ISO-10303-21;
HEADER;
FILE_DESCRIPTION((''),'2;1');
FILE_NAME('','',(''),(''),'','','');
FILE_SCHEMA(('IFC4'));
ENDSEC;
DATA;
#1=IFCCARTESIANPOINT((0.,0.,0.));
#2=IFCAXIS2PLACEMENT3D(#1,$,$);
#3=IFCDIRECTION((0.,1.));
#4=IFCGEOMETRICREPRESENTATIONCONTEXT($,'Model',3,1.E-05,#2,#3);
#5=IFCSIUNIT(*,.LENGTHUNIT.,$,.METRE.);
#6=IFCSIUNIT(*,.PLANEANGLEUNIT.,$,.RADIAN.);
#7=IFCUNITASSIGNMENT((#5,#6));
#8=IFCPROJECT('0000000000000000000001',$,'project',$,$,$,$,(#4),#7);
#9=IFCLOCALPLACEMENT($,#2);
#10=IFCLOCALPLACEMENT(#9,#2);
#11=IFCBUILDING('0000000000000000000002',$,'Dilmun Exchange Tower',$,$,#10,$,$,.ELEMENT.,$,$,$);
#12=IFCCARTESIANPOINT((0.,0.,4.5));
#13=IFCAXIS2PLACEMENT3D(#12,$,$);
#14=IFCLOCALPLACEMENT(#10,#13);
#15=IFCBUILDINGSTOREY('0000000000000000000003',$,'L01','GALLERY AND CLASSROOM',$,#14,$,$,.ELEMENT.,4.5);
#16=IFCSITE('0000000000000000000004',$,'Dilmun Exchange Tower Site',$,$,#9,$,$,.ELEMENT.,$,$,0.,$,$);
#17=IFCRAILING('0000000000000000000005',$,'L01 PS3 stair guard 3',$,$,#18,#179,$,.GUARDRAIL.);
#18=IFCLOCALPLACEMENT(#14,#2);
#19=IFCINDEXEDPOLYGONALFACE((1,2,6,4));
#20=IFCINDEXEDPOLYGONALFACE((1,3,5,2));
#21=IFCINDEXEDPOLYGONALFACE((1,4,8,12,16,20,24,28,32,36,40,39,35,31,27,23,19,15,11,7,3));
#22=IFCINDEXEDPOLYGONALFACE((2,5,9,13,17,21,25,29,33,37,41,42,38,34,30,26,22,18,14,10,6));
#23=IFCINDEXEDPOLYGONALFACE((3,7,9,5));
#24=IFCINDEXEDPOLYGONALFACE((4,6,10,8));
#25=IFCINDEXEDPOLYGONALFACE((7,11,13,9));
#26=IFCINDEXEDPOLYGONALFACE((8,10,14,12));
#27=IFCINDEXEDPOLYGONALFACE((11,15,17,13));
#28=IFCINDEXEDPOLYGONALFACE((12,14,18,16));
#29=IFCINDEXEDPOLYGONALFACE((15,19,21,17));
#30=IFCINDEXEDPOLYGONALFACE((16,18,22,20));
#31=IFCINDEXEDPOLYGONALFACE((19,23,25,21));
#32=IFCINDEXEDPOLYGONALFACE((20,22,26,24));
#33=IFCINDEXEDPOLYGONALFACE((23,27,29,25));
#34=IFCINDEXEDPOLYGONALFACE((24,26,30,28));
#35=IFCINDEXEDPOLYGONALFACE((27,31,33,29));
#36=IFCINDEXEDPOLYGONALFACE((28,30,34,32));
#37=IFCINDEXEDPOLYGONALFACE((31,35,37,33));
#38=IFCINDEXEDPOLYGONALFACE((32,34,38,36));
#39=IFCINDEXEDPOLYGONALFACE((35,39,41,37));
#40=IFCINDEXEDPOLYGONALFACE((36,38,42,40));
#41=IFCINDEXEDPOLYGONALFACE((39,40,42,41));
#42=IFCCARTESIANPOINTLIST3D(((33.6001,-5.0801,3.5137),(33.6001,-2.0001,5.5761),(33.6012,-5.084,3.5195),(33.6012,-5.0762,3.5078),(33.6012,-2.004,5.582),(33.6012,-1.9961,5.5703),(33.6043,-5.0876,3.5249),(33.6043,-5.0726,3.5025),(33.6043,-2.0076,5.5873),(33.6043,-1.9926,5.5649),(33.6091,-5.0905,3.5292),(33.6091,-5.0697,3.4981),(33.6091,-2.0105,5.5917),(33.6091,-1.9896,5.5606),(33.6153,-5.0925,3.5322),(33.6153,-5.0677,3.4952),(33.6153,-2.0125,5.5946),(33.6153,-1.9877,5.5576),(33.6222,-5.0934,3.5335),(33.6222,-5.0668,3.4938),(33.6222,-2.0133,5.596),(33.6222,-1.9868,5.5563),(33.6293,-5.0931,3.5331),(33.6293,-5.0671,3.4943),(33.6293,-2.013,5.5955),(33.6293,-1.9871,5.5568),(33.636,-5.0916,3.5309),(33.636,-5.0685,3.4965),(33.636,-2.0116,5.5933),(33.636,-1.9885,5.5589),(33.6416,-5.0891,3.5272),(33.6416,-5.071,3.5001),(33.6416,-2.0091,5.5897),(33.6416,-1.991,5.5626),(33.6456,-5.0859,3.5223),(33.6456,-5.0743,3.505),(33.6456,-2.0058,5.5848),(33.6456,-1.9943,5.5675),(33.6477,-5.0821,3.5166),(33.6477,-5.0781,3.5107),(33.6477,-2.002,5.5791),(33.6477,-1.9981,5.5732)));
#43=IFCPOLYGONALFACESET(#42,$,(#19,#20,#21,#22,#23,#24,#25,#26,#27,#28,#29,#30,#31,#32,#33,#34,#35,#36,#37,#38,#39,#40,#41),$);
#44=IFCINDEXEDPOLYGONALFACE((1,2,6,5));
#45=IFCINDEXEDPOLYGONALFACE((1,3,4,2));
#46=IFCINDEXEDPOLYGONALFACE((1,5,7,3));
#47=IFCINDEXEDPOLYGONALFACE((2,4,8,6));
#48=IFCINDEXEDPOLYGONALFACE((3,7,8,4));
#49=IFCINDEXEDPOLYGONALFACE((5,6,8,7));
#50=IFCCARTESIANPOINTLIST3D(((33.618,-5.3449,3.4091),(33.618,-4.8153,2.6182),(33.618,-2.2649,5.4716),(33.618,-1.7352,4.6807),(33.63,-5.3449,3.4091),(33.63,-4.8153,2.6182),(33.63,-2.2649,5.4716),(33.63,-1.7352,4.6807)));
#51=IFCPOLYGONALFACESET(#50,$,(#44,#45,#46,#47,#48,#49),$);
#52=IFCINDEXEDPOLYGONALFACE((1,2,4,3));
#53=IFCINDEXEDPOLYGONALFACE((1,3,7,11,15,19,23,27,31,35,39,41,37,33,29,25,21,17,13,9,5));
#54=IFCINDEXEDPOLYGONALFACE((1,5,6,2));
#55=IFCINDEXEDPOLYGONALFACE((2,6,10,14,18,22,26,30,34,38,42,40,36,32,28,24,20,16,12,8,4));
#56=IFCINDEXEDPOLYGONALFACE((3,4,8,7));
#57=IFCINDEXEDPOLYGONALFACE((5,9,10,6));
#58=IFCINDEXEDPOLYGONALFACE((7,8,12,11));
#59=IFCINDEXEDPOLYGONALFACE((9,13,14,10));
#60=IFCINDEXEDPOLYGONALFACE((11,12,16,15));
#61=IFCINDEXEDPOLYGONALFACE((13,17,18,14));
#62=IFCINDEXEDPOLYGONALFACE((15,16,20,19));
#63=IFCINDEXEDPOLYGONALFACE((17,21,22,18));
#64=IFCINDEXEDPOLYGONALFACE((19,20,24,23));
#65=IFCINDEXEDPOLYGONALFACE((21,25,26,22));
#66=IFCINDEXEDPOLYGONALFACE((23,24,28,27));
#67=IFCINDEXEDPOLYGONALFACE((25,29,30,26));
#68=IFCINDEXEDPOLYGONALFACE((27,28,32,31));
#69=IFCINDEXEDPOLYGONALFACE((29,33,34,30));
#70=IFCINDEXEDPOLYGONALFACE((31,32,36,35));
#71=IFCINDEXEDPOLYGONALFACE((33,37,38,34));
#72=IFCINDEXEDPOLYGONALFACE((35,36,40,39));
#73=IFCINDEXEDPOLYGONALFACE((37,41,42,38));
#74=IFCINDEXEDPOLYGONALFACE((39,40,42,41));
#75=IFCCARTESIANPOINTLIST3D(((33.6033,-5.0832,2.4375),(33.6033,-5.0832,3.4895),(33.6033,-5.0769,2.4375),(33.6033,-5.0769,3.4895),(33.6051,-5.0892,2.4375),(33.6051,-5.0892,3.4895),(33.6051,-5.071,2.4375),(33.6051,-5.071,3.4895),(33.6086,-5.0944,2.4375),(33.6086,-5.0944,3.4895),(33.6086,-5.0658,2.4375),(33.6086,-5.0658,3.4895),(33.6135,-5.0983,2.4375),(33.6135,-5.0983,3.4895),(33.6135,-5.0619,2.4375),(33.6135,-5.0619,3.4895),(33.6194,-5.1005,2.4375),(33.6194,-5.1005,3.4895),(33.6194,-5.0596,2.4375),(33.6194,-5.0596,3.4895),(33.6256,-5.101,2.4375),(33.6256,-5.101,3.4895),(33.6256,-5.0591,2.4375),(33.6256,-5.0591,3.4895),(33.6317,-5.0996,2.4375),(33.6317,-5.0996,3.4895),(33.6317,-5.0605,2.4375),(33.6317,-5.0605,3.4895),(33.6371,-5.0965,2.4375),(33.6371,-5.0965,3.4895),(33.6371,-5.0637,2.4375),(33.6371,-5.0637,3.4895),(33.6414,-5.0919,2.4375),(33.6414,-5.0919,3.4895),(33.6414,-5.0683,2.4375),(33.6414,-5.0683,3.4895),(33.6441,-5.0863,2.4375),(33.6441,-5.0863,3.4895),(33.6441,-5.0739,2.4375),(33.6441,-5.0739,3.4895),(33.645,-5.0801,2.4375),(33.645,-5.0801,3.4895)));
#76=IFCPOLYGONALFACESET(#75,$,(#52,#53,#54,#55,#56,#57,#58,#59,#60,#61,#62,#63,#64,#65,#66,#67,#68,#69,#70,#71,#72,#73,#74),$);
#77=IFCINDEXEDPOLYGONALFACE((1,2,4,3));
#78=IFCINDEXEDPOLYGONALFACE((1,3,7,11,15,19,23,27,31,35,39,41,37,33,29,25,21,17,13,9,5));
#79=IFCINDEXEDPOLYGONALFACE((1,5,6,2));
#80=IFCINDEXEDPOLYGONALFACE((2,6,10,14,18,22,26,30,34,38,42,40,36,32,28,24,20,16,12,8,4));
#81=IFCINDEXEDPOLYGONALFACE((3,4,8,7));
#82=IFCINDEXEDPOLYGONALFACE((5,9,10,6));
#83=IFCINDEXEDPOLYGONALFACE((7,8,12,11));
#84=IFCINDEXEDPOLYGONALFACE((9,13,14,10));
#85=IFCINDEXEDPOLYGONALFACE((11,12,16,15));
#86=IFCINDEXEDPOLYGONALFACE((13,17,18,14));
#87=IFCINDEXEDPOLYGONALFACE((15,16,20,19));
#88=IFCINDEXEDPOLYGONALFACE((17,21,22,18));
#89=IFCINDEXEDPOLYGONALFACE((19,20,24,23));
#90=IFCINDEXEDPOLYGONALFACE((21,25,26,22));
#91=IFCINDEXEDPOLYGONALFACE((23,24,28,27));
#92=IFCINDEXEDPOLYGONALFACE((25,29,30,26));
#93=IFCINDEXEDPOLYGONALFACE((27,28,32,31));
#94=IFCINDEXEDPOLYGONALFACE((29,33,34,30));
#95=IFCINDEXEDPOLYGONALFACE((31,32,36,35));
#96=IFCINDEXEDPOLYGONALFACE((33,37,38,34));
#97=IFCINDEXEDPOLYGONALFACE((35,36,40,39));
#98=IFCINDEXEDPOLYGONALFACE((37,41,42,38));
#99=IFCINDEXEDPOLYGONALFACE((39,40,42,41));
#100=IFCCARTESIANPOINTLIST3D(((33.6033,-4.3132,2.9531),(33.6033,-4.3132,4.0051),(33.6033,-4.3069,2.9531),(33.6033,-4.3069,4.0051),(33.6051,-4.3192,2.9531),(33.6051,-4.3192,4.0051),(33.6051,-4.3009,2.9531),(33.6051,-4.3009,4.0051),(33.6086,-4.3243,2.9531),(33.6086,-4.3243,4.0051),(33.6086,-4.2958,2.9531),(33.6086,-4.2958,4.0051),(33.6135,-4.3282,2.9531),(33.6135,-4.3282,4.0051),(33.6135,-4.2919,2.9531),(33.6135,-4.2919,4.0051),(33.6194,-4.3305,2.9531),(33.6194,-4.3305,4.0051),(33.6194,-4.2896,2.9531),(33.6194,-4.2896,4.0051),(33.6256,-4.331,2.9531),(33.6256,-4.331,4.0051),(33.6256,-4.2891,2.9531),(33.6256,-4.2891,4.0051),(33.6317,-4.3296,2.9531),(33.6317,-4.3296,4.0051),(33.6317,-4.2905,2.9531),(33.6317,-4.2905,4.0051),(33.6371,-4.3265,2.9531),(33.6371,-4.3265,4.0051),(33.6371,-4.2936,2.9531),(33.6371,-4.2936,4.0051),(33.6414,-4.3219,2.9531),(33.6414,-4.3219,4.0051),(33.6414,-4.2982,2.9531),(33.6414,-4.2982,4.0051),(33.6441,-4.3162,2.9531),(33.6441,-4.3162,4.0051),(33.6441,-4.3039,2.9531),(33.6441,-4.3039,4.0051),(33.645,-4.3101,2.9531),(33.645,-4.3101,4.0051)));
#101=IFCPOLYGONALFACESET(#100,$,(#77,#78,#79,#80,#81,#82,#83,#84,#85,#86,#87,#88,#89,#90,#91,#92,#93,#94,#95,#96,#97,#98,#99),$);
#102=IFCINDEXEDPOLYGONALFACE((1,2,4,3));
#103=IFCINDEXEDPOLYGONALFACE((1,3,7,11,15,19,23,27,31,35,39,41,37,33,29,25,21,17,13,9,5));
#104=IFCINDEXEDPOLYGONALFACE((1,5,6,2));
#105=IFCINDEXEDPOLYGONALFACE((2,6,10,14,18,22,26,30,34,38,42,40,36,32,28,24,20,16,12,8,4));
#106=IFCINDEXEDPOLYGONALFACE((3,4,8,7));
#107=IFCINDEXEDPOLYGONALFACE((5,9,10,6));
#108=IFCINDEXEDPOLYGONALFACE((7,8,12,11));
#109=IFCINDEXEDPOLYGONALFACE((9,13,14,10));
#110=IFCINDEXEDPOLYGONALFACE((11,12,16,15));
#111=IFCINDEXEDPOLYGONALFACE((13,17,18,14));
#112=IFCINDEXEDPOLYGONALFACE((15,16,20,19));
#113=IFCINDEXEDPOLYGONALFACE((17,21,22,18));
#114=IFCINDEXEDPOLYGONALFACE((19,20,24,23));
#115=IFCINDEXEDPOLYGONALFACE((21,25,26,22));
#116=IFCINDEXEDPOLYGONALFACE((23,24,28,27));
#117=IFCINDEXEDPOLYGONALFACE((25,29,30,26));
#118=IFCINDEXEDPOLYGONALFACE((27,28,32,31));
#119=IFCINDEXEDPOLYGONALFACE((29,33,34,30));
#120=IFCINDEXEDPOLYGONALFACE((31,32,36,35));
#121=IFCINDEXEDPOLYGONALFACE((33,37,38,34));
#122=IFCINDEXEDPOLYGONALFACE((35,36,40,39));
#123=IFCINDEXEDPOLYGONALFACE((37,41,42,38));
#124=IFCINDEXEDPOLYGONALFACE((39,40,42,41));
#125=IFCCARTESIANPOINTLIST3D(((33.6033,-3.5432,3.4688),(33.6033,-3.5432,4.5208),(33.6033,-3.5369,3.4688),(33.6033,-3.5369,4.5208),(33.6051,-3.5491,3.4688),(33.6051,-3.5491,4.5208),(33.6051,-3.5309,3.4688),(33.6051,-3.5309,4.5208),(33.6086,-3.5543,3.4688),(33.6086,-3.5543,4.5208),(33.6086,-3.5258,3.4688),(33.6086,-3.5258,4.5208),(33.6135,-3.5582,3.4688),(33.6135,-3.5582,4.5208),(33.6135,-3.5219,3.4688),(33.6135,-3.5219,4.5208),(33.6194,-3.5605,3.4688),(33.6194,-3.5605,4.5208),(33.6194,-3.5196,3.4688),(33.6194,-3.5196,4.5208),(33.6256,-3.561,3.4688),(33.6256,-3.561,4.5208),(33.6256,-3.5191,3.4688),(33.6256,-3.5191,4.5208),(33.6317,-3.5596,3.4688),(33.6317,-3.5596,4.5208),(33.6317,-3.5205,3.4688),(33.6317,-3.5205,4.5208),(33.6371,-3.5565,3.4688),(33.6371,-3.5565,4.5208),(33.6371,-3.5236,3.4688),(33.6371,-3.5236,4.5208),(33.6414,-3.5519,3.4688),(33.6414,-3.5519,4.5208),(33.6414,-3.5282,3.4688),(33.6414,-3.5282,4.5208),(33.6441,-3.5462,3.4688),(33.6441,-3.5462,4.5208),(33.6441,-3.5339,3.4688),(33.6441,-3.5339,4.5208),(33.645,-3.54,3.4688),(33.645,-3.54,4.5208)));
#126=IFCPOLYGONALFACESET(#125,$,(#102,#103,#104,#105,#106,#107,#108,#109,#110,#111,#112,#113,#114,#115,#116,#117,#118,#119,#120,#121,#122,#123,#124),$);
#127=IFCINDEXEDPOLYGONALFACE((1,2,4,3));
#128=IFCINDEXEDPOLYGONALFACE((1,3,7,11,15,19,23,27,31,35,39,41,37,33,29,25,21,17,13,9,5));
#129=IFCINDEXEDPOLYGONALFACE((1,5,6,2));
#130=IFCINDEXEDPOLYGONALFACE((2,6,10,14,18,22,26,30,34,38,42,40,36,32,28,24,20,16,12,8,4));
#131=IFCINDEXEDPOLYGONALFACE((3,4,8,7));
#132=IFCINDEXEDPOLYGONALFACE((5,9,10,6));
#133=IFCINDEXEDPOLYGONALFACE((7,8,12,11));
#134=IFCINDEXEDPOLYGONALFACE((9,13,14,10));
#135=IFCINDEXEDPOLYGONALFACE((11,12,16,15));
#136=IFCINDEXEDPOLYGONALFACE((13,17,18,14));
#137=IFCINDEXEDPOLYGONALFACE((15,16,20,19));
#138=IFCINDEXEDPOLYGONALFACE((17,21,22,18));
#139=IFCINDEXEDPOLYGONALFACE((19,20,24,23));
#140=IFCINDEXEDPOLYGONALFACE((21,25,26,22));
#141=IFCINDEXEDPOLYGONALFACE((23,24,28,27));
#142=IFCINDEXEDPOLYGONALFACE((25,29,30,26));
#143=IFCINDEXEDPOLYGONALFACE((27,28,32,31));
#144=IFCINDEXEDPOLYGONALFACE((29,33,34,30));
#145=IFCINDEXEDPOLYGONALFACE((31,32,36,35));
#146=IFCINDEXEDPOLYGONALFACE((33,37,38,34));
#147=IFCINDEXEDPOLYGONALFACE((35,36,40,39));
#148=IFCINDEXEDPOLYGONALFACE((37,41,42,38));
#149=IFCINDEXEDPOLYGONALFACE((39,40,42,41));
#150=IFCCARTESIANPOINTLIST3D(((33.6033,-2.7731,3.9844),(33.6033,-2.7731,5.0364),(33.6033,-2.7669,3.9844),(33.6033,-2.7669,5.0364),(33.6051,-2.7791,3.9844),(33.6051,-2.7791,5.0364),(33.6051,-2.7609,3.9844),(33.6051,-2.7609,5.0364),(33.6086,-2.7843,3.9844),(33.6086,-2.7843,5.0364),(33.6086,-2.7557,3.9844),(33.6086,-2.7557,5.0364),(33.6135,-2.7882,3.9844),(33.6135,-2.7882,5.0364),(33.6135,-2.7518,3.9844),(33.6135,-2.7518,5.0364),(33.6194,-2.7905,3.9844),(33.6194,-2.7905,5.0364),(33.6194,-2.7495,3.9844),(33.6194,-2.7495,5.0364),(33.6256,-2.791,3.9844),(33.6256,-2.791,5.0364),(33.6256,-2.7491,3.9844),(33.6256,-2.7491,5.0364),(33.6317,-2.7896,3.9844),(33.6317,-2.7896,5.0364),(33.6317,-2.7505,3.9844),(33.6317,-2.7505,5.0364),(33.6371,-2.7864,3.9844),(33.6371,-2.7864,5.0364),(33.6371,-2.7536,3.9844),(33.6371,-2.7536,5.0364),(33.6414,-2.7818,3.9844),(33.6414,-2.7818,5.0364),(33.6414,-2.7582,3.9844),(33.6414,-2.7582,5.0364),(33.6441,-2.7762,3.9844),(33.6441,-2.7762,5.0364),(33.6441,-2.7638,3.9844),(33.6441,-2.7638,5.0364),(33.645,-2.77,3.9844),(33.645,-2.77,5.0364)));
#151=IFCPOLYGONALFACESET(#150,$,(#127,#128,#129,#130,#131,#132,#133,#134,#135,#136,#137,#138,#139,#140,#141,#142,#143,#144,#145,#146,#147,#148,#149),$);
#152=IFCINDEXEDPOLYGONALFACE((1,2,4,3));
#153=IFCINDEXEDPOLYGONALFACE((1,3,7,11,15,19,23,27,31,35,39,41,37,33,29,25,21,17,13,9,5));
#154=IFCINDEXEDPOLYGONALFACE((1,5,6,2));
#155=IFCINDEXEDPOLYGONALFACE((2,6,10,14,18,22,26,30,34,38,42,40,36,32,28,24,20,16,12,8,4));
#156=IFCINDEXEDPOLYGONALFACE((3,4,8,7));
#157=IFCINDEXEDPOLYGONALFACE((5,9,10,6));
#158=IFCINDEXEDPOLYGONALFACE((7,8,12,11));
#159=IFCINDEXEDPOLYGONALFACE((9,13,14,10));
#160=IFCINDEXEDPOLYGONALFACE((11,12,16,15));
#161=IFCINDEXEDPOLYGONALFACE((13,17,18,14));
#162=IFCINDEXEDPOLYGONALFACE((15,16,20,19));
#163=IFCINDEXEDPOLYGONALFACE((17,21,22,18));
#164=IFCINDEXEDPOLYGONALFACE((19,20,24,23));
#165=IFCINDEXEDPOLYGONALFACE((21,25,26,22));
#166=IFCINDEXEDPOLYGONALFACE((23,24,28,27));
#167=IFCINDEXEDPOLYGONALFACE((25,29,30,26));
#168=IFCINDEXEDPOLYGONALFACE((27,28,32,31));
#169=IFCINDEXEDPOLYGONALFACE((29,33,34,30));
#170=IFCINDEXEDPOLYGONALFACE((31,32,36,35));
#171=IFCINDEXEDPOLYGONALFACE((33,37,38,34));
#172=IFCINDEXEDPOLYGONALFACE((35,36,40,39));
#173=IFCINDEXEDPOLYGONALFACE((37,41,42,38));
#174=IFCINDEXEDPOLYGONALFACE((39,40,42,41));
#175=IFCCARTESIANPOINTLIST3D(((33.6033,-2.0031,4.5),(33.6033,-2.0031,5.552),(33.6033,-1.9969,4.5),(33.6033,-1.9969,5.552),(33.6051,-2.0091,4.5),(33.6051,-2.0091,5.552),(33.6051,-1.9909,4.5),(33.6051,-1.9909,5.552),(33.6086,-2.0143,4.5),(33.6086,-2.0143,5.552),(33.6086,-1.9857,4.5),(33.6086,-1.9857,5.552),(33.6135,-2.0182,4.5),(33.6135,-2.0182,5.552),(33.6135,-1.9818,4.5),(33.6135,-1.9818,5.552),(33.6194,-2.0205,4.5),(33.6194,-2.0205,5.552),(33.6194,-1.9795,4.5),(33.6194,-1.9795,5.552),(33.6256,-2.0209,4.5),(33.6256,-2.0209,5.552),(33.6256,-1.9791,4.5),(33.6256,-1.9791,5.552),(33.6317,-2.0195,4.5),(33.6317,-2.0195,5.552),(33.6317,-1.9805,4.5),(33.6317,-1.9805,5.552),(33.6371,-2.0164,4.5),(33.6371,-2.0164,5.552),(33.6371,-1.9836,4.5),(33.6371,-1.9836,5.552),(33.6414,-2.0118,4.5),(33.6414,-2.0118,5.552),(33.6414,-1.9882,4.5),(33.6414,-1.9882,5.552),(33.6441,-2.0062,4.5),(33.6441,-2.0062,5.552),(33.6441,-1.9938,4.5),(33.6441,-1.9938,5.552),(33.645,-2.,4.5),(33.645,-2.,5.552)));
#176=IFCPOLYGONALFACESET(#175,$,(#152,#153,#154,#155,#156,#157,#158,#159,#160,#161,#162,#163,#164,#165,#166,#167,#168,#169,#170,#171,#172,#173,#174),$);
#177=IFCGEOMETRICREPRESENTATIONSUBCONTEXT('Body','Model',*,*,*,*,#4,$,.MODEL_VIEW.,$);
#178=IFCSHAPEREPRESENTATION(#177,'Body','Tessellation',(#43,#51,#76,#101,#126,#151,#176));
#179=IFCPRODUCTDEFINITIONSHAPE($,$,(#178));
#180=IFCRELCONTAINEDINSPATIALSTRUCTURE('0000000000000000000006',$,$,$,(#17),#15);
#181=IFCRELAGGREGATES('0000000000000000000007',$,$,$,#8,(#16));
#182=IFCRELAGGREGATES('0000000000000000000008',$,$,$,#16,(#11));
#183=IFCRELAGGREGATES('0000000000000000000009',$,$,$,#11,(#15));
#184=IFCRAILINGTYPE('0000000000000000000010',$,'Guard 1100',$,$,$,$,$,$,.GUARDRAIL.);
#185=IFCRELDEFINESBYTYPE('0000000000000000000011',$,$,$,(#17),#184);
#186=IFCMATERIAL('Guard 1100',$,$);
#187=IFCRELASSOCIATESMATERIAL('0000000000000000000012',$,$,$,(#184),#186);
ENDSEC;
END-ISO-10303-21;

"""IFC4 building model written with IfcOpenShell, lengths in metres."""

from ifc_helpers import new_model, si_unit, direction, frame, origin, origin_2d, place, context, subcontext, project, spatial, rectangle, circle, extrude, material, type_object, element, save


model = new_model("IFC4")

# Units and contexts
model_context = context("Model", 3, precision=1e-05, world=origin(), true_north=direction((0.0, 1.0)))
body_context = subcontext(model_context, "Body", "Model", "MODEL_VIEW")
ifc_project = project(units=[si_unit("LENGTHUNIT", "METRE"), si_unit("PLANEANGLEUNIT", "RADIAN")], contexts=[model_context])

# Site, building, storey
site_placement = place(None, origin())
site = spatial("IfcSite", under=ifc_project, at=site_placement, Name="Dilmun Exchange Tower Site", CompositionType="ELEMENT", RefElevation=0.0)
building_placement = place(site_placement, origin())
building = spatial("IfcBuilding", under=site, at=building_placement, Name="Dilmun Exchange Tower", CompositionType="ELEMENT")
storey_placement = place(building_placement, frame((0.0, 0.0, 4.5)))
storey = spatial("IfcBuildingStorey", under=building, at=storey_placement, Name="L01", Description="GALLERY AND CLASSROOM", CompositionType="ELEMENT", Elevation=4.5)

# Railing
ifc_material_1 = material(Name="Guard 1100")
railing_type_1 = type_object("IfcRailingType", Name="Guard 1100", PredefinedType="GUARDRAIL", material=ifc_material_1)
railing_1_placement = place(storey_placement, frame((33.624, -5.0801, 2.4375)))
element("IfcRailing", 1, at=railing_1_placement, inside=storey, type_object=railing_type_1, Name="L01 PS3 stair guard 3", PredefinedType="GUARDRAIL", context=body_context, shape_type="SweptSolid", body=[
    extrude(circle(Radius=0.0239, at=origin_2d()), frame((0.0, 0.0, 1.0762), z_axis=(0.0, 0.830914, 0.556401), x_axis=(-1.0, 0.0, 0.0)), (0.0, 0.0, 1.0), 3.7068),
    extrude(rectangle(XDim=0.012, YDim=0.9519, at=origin_2d()), frame((0.0, 0.0, 0.5762), z_axis=(0.0, 0.830914, 0.556401), x_axis=(-1.0, 0.0, 0.0)), (0.0, 0.0, 1.0), 3.7068),
    extrude(circle(Radius=0.021, at=origin_2d()), origin(), (0.0, 0.0, 1.0), 1.052),
    extrude(circle(Radius=0.021, at=origin_2d()), frame((0.0, 0.77, 0.5156)), (0.0, 0.0, 1.0), 1.052),
    extrude(circle(Radius=0.021, at=origin_2d()), frame((0.0, 1.54, 1.0312)), (0.0, 0.0, 1.0), 1.052),
    extrude(circle(Radius=0.021, at=origin_2d()), frame((0.0, 2.3101, 1.5469)), (0.0, 0.0, 1.0), 1.052),
    extrude(circle(Radius=0.021, at=origin_2d()), frame((0.0, 3.0801, 2.0625)), (0.0, 0.0, 1.0), 1.052),
])

save(model, "model.ifc")
